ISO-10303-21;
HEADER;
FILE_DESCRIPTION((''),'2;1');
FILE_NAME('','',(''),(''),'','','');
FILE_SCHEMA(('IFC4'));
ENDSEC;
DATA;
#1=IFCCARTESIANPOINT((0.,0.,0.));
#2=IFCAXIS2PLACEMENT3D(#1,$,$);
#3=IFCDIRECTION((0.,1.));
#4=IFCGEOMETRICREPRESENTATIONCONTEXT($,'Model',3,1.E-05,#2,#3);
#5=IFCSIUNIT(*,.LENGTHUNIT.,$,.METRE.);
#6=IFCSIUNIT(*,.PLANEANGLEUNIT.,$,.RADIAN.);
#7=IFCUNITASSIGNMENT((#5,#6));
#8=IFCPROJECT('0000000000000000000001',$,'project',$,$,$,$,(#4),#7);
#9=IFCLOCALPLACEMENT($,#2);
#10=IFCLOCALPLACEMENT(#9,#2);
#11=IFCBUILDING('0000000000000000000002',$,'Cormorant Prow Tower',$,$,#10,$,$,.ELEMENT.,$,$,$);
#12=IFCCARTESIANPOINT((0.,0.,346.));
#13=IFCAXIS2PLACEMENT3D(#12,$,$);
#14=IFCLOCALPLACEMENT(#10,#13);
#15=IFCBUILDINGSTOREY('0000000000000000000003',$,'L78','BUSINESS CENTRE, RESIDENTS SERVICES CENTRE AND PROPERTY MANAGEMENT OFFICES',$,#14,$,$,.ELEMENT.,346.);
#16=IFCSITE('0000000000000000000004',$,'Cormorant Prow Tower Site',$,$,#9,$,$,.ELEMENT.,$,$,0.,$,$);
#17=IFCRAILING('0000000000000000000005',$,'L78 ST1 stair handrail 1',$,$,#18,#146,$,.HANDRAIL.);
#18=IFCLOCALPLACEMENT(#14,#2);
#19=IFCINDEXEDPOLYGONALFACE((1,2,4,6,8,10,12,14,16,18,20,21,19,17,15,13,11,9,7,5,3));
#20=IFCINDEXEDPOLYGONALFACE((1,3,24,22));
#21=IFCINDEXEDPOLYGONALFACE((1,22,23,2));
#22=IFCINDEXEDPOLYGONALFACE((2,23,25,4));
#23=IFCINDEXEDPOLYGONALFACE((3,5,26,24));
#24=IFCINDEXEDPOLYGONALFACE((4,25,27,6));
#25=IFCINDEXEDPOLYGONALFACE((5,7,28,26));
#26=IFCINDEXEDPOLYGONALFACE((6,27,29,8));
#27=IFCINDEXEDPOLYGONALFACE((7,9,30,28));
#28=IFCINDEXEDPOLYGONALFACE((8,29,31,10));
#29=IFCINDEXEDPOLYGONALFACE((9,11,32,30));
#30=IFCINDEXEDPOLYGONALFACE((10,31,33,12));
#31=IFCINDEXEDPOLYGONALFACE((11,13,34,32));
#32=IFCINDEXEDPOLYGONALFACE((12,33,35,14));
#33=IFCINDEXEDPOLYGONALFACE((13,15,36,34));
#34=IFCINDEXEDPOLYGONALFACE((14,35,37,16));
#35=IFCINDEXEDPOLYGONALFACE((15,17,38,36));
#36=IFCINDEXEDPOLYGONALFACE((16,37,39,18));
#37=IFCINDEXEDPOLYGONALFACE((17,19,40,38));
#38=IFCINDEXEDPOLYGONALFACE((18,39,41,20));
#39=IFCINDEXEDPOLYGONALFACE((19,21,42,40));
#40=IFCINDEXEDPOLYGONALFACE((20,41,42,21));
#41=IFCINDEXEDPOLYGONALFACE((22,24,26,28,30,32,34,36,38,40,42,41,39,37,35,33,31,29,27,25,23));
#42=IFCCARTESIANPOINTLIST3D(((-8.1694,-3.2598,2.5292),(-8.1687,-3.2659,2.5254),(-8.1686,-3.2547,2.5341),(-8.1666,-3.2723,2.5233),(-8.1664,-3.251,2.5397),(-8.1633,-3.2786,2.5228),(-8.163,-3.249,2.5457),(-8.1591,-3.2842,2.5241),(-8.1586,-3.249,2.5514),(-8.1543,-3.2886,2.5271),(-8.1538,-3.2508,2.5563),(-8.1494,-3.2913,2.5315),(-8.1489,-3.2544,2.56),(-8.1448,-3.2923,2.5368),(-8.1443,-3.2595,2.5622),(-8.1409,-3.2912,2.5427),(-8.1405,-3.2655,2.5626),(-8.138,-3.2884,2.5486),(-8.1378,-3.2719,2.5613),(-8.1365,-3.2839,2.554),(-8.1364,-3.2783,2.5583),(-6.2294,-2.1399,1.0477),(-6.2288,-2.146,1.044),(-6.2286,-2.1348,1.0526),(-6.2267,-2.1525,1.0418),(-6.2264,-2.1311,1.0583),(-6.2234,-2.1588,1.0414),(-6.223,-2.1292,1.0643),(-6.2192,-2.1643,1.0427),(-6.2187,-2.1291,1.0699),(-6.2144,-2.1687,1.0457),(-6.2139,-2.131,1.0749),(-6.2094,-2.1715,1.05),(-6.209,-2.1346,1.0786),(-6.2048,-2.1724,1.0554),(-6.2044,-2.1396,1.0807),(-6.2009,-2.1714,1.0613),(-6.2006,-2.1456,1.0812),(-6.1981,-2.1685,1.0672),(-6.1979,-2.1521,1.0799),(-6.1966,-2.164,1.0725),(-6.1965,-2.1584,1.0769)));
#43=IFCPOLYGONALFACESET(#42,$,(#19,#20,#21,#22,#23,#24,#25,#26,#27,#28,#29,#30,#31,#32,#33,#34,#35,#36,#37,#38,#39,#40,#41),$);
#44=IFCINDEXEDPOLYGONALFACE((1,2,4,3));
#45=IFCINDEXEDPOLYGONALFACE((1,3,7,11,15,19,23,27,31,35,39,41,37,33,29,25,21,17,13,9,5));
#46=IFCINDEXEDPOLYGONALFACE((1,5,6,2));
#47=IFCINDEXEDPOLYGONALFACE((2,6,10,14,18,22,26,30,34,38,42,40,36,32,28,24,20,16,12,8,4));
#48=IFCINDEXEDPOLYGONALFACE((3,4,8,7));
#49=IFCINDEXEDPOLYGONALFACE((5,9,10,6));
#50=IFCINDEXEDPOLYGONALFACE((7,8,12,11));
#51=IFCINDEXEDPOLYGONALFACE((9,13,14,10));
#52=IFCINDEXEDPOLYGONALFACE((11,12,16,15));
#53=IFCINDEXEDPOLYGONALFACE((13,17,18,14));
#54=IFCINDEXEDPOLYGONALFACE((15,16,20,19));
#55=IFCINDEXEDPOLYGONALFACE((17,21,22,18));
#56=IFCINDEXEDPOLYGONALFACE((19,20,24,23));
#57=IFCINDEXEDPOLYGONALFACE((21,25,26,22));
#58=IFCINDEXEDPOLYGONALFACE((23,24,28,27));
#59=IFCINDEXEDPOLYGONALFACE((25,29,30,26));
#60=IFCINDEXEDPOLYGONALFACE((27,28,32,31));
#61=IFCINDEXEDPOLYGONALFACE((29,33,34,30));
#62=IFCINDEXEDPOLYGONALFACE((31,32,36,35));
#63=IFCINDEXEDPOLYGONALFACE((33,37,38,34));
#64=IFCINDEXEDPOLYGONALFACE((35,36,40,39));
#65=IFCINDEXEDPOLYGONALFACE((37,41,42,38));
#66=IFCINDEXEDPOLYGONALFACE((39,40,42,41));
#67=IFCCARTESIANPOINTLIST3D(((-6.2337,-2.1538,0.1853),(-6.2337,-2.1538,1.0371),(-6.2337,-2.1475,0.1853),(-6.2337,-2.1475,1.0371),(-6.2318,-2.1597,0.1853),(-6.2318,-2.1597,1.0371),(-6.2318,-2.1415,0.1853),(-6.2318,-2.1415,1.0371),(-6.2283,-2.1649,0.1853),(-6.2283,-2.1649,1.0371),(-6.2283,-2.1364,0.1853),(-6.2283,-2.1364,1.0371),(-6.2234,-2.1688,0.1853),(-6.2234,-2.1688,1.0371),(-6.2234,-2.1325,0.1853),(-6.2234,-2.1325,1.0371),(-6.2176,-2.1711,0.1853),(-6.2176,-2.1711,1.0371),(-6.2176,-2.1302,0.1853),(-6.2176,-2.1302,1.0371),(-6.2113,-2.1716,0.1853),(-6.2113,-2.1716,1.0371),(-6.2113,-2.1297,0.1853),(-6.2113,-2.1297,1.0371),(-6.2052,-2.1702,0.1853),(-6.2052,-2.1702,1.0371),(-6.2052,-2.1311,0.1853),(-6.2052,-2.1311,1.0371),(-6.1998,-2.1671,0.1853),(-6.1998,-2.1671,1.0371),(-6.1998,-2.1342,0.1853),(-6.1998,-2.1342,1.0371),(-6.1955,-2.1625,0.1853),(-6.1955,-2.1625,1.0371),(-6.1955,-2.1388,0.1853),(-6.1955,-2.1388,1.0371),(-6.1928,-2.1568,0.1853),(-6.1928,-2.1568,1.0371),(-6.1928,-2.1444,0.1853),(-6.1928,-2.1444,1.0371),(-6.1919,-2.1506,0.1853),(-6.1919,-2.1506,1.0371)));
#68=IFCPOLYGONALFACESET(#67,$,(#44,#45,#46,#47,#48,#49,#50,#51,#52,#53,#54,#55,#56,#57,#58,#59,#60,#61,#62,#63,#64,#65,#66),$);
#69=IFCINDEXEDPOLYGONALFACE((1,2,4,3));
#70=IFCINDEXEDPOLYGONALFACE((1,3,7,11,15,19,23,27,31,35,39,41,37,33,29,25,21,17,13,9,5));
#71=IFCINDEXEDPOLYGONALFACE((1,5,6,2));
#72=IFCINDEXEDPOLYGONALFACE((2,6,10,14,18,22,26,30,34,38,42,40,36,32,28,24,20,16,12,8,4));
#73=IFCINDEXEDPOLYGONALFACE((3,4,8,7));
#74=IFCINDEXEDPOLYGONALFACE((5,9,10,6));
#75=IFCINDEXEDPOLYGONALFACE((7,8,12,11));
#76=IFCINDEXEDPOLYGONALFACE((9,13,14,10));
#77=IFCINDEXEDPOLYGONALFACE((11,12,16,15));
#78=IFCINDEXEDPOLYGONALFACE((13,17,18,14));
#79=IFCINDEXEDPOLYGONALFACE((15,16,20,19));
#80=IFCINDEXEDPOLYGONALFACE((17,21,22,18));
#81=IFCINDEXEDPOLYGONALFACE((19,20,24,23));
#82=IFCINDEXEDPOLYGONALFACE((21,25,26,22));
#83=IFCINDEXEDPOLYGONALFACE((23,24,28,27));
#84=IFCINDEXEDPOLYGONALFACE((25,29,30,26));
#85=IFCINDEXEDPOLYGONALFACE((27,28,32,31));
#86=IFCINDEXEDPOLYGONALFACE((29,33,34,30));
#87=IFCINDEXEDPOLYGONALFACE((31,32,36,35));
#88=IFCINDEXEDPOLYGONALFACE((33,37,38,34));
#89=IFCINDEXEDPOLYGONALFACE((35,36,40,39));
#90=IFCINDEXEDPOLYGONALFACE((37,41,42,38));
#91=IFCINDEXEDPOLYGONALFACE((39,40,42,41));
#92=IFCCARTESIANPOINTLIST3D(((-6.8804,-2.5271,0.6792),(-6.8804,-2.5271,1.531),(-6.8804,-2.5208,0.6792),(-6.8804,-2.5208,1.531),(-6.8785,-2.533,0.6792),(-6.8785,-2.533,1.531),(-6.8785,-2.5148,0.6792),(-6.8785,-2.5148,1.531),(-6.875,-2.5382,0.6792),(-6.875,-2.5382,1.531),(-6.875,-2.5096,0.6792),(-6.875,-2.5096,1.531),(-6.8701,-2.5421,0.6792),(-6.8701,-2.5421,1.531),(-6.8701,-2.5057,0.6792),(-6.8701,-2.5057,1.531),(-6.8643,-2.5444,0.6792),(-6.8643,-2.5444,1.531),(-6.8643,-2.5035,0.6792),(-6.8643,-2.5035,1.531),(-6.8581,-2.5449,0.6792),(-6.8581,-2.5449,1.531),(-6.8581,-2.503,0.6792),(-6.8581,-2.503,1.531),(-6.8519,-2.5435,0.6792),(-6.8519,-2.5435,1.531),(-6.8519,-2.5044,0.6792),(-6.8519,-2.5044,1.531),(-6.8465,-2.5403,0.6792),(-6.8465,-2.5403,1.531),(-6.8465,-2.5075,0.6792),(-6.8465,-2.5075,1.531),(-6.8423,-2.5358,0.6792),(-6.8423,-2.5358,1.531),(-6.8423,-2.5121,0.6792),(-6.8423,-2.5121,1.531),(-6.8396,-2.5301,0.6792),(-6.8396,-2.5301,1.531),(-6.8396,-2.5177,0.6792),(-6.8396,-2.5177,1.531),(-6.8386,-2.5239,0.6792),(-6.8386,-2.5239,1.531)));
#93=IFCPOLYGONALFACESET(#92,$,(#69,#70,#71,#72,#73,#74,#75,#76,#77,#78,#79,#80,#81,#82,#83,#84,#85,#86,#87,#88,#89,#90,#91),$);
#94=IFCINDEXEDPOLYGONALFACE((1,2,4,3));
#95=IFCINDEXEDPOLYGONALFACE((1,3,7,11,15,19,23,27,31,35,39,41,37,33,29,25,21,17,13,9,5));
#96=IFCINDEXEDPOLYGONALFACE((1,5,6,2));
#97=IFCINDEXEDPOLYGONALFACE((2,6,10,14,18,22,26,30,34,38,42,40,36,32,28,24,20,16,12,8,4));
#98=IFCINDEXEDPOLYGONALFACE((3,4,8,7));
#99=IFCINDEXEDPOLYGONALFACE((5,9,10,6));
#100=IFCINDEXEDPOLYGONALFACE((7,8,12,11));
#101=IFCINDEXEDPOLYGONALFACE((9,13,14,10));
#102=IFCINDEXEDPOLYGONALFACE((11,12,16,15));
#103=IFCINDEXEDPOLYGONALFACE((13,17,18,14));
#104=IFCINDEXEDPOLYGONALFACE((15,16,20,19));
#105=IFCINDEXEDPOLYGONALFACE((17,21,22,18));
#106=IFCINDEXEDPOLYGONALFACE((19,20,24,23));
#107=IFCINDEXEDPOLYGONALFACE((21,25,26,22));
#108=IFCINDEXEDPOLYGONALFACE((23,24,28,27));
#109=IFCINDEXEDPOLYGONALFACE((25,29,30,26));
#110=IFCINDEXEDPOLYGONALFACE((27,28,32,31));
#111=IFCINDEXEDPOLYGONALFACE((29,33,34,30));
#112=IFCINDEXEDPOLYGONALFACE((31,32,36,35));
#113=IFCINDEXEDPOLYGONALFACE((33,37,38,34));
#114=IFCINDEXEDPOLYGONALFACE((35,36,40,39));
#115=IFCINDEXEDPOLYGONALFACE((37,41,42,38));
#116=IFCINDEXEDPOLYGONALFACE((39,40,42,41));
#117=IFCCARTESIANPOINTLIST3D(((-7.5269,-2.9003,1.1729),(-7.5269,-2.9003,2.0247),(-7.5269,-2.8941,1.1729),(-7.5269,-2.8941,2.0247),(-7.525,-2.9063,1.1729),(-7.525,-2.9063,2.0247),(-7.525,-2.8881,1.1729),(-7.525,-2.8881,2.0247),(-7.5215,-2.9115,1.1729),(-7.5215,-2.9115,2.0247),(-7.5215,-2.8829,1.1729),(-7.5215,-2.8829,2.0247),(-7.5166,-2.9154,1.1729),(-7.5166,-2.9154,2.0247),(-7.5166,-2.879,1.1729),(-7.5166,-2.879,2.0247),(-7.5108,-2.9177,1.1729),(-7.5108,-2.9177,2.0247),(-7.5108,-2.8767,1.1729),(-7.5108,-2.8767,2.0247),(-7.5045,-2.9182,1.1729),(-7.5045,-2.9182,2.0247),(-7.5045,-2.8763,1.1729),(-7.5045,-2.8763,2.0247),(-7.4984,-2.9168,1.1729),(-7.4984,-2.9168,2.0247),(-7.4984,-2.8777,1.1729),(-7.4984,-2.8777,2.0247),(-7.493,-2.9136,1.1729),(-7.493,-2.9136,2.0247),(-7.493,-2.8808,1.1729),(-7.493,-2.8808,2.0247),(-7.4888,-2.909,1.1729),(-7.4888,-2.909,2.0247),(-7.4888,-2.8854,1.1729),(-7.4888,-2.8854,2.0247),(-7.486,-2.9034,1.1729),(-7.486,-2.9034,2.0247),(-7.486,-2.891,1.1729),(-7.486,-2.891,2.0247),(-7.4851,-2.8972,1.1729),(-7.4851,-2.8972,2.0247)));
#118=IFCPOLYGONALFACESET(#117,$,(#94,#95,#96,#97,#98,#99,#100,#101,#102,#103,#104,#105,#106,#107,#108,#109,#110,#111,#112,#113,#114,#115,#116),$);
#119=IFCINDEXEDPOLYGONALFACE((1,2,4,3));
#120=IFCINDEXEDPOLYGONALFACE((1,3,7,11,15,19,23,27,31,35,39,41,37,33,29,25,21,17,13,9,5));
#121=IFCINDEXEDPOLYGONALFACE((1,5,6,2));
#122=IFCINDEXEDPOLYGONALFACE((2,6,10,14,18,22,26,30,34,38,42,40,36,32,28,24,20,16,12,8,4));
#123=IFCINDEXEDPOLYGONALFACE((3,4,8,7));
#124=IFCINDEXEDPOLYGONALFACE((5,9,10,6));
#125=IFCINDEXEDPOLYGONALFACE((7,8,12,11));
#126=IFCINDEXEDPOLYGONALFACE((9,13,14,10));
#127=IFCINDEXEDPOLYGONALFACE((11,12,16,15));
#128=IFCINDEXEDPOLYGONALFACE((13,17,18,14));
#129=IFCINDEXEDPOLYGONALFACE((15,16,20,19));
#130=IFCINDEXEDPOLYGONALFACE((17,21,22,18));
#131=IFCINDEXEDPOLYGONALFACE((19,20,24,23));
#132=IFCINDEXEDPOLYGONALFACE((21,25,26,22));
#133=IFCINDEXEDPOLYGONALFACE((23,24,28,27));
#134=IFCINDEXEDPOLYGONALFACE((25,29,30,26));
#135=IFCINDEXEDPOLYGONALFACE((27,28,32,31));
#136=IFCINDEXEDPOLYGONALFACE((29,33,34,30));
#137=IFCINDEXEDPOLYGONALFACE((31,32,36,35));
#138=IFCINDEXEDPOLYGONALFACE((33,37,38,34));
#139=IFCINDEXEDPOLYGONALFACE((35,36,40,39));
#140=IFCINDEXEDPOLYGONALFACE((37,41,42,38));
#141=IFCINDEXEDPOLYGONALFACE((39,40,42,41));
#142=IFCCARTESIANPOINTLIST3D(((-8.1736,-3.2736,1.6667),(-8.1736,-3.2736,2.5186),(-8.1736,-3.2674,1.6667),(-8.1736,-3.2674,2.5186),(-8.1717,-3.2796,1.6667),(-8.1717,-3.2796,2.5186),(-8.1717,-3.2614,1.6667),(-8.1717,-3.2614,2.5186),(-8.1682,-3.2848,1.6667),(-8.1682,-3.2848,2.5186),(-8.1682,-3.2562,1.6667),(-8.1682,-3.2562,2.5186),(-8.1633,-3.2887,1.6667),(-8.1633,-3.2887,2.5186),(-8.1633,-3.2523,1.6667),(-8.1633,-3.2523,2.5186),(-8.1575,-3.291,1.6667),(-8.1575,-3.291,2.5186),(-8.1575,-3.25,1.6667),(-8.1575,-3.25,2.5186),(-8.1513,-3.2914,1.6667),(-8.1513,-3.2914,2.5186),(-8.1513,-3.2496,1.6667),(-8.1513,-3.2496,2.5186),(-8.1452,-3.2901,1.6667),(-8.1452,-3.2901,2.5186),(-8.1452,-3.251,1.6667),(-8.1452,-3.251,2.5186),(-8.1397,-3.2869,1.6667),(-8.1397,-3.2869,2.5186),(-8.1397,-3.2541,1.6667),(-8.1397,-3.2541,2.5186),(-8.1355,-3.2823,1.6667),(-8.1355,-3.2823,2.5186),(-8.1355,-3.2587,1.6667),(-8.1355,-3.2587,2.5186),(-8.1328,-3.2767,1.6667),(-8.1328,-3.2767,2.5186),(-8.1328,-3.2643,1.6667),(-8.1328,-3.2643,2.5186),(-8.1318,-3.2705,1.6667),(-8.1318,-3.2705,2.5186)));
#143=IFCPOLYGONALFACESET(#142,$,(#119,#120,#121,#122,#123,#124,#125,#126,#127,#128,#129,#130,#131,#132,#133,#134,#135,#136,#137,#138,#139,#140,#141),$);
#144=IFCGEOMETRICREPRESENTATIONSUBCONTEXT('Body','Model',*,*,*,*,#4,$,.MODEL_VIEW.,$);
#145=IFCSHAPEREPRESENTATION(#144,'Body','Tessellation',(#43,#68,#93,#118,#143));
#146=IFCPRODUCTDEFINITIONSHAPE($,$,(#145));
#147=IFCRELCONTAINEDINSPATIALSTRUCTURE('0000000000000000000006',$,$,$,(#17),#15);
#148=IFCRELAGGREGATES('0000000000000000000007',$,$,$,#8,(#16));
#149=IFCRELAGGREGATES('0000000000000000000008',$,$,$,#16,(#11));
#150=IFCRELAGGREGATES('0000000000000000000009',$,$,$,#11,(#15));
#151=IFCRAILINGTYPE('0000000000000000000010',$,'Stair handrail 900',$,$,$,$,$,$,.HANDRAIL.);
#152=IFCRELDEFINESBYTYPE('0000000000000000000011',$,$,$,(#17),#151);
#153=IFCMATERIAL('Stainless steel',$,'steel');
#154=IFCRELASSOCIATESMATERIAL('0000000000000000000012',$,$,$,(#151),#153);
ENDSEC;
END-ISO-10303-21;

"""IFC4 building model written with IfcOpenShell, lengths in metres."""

from ifc_helpers import new_model, si_unit, direction, frame, origin, origin_2d, place, context, subcontext, project, spatial, circle, extrude, material, type_object, element, save


model = new_model("IFC4")

# Units and contexts
model_context = context("Model", 3, precision=1e-05, world=origin(), true_north=direction((0.0, 1.0)))
body_context = subcontext(model_context, "Body", "Model", "MODEL_VIEW")
ifc_project = project(units=[si_unit("LENGTHUNIT", "METRE"), si_unit("PLANEANGLEUNIT", "RADIAN")], contexts=[model_context])

# Site, building, storey
site_placement = place(None, origin())
site = spatial("IfcSite", under=ifc_project, at=site_placement, Name="Cormorant Prow Tower Site", CompositionType="ELEMENT", RefElevation=0.0)
building_placement = place(site_placement, origin())
building = spatial("IfcBuilding", under=site, at=building_placement, Name="Cormorant Prow Tower", CompositionType="ELEMENT")
storey_placement = place(building_placement, frame((0.0, 0.0, 346.0)))
storey = spatial("IfcBuildingStorey", under=building, at=storey_placement, Name="L78", Description="BUSINESS CENTRE, RESIDENTS SERVICES CENTRE AND PROPERTY MANAGEMENT OFFICES", CompositionType="ELEMENT", Elevation=346.0)

# Railing
ifc_material_1 = material(Name="Stainless steel", Category="steel")
railing_type = type_object("IfcRailingType", Name="Stair handrail 900", PredefinedType="HANDRAIL", material=ifc_material_1)
for number, where, name in (
    (1, (-6.2129, -2.1506, 0.1853), "L78 ST1 stair handrail 1"),
):
    element("IfcRailing", number, at=place(storey_placement, frame(where)), inside=storey, type_object=railing_type, Name=name, PredefinedType="HANDRAIL", context=body_context, shape_type="SweptSolid", body=[
        extrude(circle(Radius=0.0239, at=origin_2d()), frame((0.0, 0.0, 0.876), z_axis=(-0.722363, -0.417, 0.551636), x_axis=(0.499949, -0.866055, 0.0)), (0.0, 0.0, 1.0), 2.6855),
        extrude(circle(Radius=0.021, at=origin_2d()), origin(), (0.0, 0.0, 1.0), 0.8518),
        extrude(circle(Radius=0.021, at=origin_2d()), frame((-0.6467, -0.3733, 0.4939)), (0.0, 0.0, 1.0), 0.8518),
        extrude(circle(Radius=0.021, at=origin_2d()), frame((-1.2932, -0.7466, 0.9875)), (0.0, 0.0, 1.0), 0.8518),
        extrude(circle(Radius=0.021, at=origin_2d()), frame((-1.9399, -1.1199, 1.4814)), (0.0, 0.0, 1.0), 0.8518),
    ])

save(model, "model.ifc")
